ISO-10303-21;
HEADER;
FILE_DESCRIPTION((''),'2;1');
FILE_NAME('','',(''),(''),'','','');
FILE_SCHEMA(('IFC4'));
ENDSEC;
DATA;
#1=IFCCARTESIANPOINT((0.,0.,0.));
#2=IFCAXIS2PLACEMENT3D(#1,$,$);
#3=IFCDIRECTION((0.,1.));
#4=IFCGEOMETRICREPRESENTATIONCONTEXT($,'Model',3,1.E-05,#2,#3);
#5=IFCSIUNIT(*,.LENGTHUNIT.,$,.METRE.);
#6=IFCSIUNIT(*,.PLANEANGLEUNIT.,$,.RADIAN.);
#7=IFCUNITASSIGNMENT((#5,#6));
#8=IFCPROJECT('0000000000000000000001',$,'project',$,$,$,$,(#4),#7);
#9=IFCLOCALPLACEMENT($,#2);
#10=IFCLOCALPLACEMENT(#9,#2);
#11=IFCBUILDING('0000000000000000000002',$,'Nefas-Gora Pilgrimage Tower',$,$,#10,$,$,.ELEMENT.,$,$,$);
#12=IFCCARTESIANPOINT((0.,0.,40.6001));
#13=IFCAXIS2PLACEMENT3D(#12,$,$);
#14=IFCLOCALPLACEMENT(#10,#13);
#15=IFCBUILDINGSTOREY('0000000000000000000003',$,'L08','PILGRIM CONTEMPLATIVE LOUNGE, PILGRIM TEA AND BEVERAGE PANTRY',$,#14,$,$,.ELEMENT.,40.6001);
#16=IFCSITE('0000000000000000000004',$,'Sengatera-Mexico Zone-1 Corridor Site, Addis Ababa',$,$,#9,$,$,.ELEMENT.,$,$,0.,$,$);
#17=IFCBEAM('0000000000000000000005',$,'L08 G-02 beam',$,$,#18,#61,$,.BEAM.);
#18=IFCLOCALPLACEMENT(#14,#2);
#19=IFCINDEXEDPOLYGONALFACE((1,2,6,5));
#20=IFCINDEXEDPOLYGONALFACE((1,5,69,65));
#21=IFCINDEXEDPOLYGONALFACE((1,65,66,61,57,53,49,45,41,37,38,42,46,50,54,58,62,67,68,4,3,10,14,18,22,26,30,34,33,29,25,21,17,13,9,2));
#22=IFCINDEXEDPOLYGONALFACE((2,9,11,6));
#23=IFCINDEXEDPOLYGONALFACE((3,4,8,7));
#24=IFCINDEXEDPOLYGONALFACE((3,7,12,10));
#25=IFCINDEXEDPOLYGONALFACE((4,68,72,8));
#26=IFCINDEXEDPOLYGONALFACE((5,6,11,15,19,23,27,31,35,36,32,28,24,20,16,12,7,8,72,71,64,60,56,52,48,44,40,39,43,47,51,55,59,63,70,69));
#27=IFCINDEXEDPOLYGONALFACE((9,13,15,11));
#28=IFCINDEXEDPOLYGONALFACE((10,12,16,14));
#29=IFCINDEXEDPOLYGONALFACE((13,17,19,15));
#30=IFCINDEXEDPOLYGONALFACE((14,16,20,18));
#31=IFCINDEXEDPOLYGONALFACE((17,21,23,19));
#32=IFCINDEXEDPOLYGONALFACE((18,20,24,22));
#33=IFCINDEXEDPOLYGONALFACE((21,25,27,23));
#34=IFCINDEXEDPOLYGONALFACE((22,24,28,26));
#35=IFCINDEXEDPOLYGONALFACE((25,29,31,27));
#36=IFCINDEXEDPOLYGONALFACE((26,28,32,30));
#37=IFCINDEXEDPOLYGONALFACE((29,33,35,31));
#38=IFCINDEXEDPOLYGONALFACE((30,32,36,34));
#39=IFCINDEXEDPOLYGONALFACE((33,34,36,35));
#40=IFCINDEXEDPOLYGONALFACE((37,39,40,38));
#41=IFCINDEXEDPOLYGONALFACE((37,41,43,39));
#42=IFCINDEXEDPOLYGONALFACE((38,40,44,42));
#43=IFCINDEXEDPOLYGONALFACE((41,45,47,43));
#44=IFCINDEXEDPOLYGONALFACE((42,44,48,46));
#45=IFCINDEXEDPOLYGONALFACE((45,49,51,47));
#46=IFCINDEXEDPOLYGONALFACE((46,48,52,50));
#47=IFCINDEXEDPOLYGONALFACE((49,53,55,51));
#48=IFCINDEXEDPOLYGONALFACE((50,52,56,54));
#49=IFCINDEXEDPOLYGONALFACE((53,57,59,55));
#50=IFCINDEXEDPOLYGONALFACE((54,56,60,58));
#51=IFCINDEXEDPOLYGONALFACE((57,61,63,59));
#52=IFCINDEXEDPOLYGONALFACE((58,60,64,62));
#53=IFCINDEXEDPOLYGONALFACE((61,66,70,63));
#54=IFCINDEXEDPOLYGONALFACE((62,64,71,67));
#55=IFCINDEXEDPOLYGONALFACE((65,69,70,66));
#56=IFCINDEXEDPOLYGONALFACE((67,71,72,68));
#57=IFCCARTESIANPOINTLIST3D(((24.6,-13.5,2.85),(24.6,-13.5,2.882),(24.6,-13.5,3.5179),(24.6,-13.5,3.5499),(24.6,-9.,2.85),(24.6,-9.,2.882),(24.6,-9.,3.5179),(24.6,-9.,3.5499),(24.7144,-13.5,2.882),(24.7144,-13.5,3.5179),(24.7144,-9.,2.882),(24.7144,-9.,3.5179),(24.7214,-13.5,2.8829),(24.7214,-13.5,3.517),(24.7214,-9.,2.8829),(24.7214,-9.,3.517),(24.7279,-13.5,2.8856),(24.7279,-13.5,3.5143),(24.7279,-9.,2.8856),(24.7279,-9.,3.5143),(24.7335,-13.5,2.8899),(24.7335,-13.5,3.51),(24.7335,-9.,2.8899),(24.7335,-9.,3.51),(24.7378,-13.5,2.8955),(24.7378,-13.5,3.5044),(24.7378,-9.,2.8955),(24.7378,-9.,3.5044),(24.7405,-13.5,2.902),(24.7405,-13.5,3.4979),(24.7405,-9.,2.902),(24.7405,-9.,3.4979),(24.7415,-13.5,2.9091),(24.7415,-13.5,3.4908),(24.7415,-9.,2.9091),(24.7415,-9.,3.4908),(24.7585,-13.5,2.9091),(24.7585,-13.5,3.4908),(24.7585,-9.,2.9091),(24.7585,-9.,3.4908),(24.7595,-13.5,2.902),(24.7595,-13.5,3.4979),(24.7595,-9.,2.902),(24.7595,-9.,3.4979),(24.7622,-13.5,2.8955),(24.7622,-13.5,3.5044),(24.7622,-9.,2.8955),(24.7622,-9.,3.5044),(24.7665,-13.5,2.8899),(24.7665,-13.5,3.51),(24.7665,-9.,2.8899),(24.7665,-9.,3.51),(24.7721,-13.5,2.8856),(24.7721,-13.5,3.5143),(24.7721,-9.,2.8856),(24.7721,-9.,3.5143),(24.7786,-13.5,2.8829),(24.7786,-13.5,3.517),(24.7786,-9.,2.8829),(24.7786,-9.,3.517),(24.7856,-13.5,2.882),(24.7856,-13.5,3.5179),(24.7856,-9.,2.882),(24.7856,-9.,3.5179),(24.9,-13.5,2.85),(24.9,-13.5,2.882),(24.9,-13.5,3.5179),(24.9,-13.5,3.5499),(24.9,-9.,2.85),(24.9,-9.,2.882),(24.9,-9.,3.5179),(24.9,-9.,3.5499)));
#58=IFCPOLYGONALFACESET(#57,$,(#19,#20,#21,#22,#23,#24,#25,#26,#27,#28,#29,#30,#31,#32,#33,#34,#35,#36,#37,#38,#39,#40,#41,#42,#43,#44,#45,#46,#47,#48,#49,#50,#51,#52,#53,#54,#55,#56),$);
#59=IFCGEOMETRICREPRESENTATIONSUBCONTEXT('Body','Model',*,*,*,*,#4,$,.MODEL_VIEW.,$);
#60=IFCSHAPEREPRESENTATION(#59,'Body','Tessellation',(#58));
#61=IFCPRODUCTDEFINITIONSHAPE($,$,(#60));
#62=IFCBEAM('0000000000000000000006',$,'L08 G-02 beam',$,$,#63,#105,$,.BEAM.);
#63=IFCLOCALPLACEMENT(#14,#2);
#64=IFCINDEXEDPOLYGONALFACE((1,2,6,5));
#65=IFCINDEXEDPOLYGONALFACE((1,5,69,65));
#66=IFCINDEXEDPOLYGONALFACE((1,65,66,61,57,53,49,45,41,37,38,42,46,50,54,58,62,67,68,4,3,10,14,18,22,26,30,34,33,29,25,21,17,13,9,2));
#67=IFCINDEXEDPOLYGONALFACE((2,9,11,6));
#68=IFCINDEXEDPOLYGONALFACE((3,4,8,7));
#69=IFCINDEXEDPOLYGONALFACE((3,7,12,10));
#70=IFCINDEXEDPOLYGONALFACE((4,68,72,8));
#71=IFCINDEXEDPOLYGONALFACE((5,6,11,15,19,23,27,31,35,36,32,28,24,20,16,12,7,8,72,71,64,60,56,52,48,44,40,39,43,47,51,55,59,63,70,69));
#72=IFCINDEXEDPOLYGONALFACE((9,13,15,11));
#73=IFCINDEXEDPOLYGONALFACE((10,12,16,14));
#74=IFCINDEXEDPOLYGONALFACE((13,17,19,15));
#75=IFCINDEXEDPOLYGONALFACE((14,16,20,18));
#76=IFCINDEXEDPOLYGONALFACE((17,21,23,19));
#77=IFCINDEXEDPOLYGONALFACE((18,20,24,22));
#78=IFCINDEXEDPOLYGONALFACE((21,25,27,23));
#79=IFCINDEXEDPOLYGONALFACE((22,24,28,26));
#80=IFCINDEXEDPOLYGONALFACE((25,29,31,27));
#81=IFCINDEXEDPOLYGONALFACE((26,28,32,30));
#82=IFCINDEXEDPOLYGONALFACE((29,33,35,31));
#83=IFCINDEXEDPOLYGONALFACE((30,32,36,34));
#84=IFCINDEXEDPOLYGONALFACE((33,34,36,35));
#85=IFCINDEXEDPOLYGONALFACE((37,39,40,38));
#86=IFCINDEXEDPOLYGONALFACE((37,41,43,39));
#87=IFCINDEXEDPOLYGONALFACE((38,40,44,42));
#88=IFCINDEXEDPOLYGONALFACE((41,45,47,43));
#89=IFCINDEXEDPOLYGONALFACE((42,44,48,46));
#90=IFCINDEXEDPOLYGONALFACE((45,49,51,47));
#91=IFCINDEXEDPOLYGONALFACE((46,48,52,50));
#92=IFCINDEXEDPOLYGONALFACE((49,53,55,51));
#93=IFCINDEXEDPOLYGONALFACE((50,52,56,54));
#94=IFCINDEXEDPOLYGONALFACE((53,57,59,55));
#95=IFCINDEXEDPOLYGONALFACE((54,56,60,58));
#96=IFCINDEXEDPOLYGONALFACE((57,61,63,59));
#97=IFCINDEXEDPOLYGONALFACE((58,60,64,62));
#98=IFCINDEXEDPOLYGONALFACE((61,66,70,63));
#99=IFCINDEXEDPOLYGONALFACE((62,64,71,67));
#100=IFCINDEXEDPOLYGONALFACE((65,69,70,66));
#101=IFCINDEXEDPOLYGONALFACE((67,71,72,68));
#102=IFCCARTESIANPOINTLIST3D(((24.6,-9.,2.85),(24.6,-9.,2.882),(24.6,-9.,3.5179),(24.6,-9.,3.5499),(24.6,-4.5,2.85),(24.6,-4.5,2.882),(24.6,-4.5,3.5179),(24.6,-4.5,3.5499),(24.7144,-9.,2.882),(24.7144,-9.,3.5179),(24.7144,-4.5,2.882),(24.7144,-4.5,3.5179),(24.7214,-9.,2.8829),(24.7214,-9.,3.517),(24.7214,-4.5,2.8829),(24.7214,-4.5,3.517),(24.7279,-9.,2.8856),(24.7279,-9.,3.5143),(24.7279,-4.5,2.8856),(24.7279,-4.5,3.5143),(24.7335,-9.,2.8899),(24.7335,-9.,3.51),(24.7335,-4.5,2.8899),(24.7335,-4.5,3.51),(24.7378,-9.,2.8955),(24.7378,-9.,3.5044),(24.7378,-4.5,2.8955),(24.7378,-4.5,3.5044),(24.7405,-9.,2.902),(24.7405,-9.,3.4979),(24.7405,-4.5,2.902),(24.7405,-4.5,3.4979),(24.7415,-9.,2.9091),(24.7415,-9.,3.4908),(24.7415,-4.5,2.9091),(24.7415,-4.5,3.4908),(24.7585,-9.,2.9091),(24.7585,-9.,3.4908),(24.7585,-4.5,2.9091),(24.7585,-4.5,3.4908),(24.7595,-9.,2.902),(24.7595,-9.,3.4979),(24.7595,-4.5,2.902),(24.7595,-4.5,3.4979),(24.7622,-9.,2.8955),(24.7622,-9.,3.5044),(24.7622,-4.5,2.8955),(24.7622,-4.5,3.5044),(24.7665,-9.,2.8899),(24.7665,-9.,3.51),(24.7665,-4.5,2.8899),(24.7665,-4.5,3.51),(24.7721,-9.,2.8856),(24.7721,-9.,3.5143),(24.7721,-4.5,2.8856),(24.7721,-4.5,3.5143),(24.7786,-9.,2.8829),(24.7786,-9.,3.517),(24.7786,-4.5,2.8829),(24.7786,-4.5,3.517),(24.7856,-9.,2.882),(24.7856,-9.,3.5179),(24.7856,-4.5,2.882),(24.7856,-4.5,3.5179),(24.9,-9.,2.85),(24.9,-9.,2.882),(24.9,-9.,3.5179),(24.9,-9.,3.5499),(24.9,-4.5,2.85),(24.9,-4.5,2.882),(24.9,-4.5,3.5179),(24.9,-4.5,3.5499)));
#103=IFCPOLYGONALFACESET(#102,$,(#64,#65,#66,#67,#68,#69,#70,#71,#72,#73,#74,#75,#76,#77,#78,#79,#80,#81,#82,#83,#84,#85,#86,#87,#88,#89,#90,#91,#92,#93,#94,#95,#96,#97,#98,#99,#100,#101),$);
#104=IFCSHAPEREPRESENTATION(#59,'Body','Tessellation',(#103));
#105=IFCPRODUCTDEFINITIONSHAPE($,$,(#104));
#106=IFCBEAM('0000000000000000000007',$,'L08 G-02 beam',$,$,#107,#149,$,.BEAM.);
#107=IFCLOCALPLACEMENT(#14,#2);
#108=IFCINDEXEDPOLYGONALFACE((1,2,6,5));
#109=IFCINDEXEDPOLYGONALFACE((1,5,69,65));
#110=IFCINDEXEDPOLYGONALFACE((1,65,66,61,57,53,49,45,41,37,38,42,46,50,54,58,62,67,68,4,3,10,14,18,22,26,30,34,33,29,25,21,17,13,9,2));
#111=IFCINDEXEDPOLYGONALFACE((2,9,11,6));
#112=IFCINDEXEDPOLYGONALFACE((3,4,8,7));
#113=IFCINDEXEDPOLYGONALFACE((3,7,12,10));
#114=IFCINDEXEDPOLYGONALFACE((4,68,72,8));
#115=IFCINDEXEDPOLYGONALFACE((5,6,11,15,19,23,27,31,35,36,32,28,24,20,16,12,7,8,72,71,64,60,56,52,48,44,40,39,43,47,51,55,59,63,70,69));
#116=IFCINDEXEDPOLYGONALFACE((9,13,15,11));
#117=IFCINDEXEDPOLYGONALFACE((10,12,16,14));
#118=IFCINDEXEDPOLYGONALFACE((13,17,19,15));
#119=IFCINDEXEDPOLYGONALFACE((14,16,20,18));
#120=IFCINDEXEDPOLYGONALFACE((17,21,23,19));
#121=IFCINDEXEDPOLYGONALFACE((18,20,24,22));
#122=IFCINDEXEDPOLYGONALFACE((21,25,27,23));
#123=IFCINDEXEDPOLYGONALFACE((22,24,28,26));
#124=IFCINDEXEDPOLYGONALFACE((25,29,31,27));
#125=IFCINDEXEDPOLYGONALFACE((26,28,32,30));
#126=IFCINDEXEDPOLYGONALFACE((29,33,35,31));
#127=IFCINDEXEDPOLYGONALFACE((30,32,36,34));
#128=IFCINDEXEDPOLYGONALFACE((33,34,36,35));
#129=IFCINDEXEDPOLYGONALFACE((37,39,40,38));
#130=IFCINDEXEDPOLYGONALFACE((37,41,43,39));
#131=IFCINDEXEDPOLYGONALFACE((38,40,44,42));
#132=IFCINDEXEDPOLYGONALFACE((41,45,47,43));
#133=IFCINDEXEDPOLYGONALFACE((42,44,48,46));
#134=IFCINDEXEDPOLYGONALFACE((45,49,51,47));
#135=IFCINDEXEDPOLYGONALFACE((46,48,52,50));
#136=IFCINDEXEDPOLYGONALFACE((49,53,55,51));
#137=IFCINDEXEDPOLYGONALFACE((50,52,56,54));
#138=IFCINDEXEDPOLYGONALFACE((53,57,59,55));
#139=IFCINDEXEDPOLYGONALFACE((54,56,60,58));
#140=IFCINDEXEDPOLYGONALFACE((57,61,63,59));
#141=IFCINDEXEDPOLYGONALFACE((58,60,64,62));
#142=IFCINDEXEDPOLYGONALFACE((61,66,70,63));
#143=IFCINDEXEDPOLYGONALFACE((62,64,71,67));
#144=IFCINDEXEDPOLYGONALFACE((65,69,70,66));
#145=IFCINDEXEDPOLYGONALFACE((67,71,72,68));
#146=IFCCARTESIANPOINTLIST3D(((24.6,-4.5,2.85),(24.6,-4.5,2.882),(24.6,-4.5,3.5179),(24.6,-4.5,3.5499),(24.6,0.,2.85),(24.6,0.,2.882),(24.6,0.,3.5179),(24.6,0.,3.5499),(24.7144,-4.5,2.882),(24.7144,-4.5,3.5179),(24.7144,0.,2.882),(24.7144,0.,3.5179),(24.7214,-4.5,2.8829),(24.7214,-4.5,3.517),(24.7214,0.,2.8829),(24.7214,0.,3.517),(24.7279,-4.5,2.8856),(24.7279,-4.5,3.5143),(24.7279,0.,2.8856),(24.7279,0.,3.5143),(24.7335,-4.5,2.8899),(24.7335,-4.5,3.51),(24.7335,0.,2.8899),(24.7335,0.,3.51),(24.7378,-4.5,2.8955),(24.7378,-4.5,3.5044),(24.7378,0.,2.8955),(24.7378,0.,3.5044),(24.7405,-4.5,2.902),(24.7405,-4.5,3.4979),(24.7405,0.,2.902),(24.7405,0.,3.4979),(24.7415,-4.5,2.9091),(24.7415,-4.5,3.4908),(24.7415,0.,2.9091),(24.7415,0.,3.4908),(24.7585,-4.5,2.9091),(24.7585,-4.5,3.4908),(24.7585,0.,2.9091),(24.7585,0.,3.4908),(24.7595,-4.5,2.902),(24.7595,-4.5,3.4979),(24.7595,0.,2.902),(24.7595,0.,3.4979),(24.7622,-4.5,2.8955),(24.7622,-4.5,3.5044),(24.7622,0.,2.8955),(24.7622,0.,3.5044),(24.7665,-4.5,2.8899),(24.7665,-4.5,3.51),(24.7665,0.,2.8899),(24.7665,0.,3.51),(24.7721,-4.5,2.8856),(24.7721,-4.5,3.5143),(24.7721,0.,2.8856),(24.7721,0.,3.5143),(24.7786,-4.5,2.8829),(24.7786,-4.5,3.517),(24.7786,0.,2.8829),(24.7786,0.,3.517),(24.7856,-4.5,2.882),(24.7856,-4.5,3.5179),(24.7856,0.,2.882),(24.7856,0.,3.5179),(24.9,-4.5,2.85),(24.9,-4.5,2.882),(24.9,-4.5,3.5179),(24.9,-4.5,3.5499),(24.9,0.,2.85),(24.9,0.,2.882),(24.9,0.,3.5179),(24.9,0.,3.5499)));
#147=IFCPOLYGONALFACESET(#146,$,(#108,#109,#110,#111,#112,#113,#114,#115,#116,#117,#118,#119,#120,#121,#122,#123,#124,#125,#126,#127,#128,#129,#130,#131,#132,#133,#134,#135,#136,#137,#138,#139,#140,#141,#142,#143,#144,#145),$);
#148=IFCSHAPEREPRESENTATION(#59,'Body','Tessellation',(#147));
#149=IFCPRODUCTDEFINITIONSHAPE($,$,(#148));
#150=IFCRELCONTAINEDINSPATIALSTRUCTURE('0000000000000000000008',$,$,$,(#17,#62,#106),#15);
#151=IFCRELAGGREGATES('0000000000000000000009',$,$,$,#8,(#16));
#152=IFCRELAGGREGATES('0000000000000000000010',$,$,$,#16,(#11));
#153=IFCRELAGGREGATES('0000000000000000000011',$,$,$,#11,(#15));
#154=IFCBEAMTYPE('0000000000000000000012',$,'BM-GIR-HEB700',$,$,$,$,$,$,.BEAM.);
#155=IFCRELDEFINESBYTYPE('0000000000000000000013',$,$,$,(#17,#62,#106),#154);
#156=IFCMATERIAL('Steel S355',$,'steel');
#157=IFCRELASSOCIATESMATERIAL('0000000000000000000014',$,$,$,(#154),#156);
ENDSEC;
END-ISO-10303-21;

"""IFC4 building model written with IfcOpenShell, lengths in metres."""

from ifc_helpers import new_model, si_unit, direction, frame, origin, origin_2d, place, context, subcontext, project, spatial, i_section, extrude, source, transform, mapped, material, material_profile, profile_set, type_object, element, save


model = new_model("IFC4")

# Units and contexts
model_context = context("Model", 3, precision=1e-05, world=origin(), true_north=direction((0.0, 1.0)))
body_context = subcontext(model_context, "Body", "Model", "MODEL_VIEW")
ifc_project = project(units=[si_unit("LENGTHUNIT", "METRE"), si_unit("PLANEANGLEUNIT", "RADIAN")], contexts=[model_context])

# Site, building, storey
site_placement = place(None, origin())
site = spatial("IfcSite", under=ifc_project, at=site_placement, Name="Sengatera-Mexico Zone-1 Corridor Site, Addis Ababa", CompositionType="ELEMENT", RefElevation=0.0)
building_placement = place(site_placement, origin())
building = spatial("IfcBuilding", under=site, at=building_placement, Name="Nefas-Gora Pilgrimage Tower", CompositionType="ELEMENT")
storey_placement = place(building_placement, frame((0.0, 0.0, 40.6001)))
storey = spatial("IfcBuildingStorey", under=building, at=storey_placement, Name="L08", Description="PILGRIM CONTEMPLATIVE LOUNGE, PILGRIM TEA AND BEVERAGE PANTRY", CompositionType="ELEMENT", Elevation=40.6001)

# Beams
ifc_material_1 = material(Name="Steel S355", Category="steel")
ifc_material_profile_1 = material_profile(ifc_material_1, i_section(OverallWidth=0.3, OverallDepth=0.7, WebThickness=0.0171, FlangeThickness=0.032, FilletRadius=0.0271, at=origin_2d()), Name="HEB 700")
ifc_profile_set_1 = profile_set([ifc_material_profile_1], Name="Steel S355")
beam_type_1 = type_object("IfcBeamType", Name="BM-GIR-HEB700", PredefinedType="BEAM", material=ifc_profile_set_1)
shared_shape_1 = source(origin(), body_context, "Body", "SweptSolid", [
    extrude(i_section(OverallWidth=0.3, OverallDepth=0.7, WebThickness=0.0171, FlangeThickness=0.032, FilletRadius=0.0271, at=origin_2d()), origin(), (0.0, 0.0, 1.0), 4.5),
])
for number, where, z_axis, x_axis, name in (
    (1, (24.75, -13.5, 3.2), (0.0, 1.0, 0.0), (-1.0, 0.0, 0.0), "L08 G-02 beam"),
    (2, (24.75, -9.0, 3.2), (0.0, 1.0, 0.0), (-1.0, 0.0, 0.0), "L08 G-02 beam"),
    (3, (24.75, -4.5, 3.2), (0.0, 1.0, 0.0), (-1.0, 0.0, 0.0), "L08 G-02 beam"),
):
    element("IfcBeam", number, at=place(storey_placement, frame(where, z_axis=z_axis, x_axis=x_axis)), inside=storey, type_object=beam_type_1, Name=name, PredefinedType="BEAM", context=body_context, shape_type="MappedRepresentation", body=[
        mapped(shared_shape_1, transform((0.0, 0.0, 0.0), x_axis=(1.0, 0.0, 0.0), y_axis=(0.0, 1.0, 0.0), z_axis=(0.0, 0.0, 1.0), scale=1.0)),
    ])

save(model, "model.ifc")
